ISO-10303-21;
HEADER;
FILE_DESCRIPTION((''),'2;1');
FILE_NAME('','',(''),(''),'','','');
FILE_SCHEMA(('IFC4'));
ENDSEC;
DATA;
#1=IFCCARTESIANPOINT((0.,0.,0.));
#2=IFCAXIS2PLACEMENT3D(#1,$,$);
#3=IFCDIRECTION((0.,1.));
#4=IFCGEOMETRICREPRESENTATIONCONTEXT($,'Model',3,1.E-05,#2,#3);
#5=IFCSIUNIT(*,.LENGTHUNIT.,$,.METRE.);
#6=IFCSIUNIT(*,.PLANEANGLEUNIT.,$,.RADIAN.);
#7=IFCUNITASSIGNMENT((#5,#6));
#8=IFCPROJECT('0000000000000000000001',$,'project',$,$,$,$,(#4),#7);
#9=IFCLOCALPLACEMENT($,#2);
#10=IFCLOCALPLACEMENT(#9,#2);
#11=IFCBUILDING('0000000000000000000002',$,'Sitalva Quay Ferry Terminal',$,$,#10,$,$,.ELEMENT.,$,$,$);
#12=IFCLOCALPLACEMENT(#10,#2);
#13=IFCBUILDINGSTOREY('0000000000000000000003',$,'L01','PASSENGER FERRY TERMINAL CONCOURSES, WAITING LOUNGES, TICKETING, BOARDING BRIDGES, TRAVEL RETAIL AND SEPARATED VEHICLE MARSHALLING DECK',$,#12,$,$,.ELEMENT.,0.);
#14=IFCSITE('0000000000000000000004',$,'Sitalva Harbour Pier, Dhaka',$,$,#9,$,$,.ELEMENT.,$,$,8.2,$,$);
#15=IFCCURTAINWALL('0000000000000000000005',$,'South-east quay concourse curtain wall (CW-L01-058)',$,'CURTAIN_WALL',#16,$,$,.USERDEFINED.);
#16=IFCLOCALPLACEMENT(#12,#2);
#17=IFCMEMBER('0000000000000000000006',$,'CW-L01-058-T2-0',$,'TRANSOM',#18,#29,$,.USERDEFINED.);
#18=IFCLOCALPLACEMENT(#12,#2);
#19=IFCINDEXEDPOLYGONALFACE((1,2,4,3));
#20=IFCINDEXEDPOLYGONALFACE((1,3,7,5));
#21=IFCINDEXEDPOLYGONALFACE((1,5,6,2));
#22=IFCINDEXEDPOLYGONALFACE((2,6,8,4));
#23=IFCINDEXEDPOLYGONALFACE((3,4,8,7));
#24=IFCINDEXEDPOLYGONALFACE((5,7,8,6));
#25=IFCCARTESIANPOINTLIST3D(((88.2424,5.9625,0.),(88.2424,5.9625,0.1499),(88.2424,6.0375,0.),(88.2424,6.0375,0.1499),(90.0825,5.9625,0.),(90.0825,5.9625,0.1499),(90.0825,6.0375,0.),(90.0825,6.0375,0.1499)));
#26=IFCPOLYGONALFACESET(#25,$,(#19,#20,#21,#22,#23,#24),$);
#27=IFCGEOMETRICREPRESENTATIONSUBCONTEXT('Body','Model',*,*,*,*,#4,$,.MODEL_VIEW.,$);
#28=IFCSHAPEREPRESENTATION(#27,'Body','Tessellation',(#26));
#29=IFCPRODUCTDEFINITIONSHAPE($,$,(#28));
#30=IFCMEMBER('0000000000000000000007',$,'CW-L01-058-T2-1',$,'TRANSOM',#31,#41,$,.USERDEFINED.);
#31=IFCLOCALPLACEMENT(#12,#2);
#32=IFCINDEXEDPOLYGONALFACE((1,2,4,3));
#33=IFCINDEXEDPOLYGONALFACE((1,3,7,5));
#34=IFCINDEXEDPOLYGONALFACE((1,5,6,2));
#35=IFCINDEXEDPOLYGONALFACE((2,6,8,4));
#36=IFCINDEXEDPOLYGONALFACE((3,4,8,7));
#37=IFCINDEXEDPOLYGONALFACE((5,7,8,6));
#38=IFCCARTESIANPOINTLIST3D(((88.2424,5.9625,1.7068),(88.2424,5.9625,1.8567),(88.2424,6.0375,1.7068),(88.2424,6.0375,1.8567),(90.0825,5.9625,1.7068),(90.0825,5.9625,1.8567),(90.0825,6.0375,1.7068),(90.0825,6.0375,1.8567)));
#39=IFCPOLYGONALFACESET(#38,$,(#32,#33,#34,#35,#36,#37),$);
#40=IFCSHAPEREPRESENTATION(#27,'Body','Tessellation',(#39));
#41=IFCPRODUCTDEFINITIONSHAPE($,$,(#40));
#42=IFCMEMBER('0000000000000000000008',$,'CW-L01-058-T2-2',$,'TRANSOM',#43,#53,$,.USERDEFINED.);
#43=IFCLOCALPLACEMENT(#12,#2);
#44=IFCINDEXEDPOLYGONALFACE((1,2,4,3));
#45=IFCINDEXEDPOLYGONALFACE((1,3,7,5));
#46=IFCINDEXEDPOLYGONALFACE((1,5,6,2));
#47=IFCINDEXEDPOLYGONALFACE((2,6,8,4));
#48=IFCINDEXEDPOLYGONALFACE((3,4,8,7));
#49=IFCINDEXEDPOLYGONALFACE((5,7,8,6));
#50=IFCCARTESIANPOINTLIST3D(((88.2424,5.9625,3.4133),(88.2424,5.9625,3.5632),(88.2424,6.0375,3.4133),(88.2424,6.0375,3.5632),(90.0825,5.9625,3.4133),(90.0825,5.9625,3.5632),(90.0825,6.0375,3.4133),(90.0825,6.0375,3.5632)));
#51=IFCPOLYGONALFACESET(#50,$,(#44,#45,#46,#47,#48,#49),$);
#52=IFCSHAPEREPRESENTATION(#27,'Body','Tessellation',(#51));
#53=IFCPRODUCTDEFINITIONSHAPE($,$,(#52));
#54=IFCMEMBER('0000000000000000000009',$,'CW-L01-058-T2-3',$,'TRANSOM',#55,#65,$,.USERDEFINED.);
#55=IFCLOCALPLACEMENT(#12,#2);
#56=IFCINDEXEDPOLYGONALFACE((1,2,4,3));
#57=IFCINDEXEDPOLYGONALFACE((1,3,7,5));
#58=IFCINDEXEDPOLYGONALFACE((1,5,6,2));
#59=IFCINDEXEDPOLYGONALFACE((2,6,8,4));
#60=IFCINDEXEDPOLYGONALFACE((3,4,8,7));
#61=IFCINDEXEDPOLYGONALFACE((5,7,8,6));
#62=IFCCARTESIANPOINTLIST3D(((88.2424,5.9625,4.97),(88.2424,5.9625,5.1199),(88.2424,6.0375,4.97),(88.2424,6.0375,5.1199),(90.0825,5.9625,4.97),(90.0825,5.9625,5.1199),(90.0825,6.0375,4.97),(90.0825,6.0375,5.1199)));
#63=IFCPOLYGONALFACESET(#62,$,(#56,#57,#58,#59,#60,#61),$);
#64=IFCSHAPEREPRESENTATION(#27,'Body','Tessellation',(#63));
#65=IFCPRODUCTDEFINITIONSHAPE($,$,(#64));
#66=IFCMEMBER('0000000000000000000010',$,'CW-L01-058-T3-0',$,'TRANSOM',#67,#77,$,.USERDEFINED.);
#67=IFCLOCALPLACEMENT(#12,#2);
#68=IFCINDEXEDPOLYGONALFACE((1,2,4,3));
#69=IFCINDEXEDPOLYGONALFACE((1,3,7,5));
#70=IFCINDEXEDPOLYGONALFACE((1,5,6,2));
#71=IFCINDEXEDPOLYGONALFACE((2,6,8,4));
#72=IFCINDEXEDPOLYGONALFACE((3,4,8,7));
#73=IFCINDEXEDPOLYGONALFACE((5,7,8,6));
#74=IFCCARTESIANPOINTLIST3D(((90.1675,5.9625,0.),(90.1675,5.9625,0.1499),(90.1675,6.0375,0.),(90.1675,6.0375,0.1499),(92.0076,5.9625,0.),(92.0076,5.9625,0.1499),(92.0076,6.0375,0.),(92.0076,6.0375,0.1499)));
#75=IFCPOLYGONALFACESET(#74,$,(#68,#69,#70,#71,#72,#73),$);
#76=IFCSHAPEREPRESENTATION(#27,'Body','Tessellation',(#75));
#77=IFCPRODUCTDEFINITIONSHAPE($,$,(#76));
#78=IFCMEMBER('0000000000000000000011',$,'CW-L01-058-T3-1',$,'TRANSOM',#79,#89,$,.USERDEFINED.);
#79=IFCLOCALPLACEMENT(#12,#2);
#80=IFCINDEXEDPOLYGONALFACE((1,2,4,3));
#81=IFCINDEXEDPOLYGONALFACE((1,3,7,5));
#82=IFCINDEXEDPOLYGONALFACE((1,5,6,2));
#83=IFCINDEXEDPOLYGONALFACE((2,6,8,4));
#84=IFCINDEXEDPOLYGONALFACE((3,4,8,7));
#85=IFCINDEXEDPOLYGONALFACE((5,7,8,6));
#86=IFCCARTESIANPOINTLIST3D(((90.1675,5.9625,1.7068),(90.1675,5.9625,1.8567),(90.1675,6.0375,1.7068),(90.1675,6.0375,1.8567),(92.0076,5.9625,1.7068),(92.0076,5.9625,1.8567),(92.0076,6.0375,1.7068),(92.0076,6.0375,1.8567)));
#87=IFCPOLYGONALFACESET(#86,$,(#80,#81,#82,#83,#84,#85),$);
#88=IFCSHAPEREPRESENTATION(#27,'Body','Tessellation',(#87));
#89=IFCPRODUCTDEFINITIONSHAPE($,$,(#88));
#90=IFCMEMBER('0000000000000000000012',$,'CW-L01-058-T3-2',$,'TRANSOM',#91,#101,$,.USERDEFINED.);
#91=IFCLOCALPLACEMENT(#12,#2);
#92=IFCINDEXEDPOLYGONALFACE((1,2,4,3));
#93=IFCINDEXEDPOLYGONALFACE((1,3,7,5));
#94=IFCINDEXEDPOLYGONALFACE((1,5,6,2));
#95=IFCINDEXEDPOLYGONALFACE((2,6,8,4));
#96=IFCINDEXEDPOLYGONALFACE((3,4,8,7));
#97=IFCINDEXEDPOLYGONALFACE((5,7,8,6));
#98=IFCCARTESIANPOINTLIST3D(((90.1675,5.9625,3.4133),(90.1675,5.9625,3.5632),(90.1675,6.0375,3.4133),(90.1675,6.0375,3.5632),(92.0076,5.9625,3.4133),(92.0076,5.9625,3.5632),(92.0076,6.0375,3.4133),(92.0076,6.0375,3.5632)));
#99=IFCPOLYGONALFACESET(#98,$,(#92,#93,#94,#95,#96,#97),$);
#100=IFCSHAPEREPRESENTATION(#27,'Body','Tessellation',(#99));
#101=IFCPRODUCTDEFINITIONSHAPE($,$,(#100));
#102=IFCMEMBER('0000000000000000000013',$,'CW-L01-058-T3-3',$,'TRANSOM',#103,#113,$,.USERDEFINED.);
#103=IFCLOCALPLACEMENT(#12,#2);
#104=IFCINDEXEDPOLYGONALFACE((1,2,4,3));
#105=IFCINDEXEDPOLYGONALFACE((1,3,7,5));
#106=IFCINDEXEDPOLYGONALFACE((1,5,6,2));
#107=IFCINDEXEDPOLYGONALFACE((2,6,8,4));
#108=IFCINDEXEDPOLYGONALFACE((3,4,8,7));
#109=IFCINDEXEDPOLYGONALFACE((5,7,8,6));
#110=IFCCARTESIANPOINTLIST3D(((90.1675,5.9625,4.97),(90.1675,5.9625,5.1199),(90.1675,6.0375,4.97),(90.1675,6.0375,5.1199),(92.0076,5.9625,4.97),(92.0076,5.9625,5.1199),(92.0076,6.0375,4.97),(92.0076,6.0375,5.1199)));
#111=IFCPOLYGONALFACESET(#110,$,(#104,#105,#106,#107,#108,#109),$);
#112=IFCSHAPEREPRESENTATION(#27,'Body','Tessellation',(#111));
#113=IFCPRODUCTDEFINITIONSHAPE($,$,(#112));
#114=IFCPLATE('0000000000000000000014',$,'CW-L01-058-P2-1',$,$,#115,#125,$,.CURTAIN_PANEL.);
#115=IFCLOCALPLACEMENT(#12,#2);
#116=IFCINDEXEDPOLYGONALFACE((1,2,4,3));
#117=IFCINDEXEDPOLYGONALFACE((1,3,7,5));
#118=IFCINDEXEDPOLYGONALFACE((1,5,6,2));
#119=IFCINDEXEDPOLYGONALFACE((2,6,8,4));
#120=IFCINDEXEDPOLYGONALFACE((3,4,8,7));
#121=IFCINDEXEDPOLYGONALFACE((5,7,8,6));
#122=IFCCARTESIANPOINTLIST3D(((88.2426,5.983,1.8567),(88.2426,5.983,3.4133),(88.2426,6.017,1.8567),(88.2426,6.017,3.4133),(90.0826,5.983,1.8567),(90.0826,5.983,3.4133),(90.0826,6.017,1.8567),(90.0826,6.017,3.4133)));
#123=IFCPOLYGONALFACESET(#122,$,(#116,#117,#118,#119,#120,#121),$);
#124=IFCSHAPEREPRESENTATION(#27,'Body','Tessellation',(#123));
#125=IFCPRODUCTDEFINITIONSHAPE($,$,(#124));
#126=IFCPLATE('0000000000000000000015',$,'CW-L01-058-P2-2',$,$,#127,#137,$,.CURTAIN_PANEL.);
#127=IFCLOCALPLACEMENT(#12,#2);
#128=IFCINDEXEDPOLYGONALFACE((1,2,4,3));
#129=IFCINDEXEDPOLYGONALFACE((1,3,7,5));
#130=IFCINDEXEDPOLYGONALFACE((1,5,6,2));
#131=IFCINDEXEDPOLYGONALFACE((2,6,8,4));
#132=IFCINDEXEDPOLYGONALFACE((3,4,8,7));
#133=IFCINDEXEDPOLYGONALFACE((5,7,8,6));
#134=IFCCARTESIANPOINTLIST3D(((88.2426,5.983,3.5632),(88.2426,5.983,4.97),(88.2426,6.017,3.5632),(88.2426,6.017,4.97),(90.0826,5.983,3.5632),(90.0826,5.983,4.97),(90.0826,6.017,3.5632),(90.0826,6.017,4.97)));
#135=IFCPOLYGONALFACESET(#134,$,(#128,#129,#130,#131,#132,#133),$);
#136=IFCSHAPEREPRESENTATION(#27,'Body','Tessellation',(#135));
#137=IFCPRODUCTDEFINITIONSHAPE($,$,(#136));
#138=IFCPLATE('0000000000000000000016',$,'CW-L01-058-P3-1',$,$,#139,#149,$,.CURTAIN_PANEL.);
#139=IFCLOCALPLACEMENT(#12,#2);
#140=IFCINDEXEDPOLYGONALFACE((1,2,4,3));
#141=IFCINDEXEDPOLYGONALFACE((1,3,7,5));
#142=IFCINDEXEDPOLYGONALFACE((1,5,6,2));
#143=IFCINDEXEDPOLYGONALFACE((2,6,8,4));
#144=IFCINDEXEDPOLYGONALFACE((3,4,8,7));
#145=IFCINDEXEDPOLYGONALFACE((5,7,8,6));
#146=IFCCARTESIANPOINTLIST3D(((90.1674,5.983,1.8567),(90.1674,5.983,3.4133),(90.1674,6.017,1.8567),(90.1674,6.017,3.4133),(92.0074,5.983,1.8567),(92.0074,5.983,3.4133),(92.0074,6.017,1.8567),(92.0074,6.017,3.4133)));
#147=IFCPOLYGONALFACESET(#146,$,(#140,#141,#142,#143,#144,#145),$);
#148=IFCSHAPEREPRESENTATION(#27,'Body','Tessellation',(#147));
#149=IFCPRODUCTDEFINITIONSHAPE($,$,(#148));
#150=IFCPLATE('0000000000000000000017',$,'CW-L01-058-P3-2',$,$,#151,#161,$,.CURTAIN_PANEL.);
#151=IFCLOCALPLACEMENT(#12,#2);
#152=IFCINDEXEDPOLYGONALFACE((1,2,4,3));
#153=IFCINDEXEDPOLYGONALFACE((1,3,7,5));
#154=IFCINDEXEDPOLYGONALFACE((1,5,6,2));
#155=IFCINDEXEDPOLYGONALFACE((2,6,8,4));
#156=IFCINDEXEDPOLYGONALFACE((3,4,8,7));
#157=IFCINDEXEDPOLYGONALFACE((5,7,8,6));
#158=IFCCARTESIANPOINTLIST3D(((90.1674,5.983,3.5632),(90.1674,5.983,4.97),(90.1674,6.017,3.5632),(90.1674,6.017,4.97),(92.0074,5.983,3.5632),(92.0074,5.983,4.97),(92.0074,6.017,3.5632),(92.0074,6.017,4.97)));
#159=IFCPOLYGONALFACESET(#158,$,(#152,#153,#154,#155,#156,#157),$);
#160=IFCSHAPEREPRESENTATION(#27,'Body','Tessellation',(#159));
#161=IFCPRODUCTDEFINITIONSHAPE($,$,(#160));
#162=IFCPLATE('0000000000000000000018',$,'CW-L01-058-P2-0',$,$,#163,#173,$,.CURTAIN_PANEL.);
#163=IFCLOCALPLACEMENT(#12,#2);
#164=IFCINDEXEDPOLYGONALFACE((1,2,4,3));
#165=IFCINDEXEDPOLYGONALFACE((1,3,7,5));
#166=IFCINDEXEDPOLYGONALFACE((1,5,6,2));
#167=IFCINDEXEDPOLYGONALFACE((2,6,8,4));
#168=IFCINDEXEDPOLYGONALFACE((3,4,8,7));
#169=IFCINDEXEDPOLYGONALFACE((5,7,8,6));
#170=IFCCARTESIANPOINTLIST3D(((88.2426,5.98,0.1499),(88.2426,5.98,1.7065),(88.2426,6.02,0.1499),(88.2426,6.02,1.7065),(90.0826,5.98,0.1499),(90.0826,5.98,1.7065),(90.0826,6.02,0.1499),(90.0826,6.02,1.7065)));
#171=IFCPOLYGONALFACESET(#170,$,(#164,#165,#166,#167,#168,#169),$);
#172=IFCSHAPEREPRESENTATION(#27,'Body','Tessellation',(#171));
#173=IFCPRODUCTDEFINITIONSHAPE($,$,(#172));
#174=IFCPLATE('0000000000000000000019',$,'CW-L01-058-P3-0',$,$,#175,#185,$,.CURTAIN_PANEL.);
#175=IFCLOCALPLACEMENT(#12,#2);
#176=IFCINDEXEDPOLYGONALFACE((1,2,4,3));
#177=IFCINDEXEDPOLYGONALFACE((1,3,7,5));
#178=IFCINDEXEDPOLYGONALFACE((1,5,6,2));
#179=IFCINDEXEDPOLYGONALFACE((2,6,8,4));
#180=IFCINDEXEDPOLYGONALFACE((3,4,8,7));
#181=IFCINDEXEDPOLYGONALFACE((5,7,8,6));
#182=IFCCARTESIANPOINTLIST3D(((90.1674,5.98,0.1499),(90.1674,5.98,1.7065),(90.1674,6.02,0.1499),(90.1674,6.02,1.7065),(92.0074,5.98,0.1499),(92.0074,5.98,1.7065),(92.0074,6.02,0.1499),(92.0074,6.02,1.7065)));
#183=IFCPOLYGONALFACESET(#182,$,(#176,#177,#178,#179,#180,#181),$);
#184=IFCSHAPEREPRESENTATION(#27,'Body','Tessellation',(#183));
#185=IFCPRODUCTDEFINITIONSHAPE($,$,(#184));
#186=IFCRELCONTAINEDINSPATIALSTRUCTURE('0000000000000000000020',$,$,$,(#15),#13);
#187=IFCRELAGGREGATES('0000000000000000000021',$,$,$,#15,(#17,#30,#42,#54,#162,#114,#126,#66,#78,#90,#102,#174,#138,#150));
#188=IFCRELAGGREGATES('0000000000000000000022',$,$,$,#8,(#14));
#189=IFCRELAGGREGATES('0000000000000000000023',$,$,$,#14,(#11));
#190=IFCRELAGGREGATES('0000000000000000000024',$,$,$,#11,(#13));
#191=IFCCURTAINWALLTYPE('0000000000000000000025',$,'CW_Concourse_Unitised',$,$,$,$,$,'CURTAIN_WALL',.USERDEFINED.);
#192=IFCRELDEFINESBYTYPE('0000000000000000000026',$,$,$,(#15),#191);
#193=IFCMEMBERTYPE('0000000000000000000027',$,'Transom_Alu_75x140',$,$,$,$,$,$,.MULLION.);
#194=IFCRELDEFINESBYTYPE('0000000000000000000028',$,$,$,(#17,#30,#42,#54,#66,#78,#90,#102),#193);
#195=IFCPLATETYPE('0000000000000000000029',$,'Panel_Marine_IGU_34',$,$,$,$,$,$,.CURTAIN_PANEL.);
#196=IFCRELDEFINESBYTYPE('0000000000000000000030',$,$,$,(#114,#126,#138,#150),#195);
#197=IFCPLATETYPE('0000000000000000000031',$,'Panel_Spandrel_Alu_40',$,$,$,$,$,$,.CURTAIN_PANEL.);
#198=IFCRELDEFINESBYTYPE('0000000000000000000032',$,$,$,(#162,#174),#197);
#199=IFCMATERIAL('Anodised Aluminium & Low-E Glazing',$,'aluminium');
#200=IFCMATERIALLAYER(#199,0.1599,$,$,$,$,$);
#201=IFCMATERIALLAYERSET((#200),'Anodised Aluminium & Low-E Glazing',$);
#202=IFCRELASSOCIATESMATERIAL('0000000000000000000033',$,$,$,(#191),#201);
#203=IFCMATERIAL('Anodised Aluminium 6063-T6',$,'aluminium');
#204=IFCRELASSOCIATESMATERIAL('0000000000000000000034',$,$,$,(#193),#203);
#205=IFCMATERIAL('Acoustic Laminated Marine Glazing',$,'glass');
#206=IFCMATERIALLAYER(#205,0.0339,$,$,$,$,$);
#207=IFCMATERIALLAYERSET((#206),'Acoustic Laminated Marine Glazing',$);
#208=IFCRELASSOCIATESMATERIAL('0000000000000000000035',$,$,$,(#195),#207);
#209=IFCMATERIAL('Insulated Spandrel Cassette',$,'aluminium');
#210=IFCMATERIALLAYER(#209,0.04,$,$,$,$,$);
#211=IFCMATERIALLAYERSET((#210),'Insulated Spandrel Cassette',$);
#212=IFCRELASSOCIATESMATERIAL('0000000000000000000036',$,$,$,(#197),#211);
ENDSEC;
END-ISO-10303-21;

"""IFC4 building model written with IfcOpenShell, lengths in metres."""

from ifc_helpers import new_model, si_unit, direction, frame, origin, origin_2d, place, context, subcontext, project, spatial, rectangle, extrude, material, layer, layer_set, material_profile, profile_set, type_object, element, aggregate, save


model = new_model("IFC4")

# Units and contexts
model_context = context("Model", 3, precision=1e-05, world=origin(), true_north=direction((0.0, 1.0)))
body_context = subcontext(model_context, "Body", "Model", "MODEL_VIEW")
ifc_project = project(units=[si_unit("LENGTHUNIT", "METRE"), si_unit("PLANEANGLEUNIT", "RADIAN")], contexts=[model_context])

# Site, building, storey
site_placement = place(None, origin())
site = spatial("IfcSite", under=ifc_project, at=site_placement, Name="Sitalva Harbour Pier, Dhaka", CompositionType="ELEMENT", RefElevation=8.2)
building_placement = place(site_placement, origin())
building = spatial("IfcBuilding", under=site, at=building_placement, Name="Sitalva Quay Ferry Terminal", CompositionType="ELEMENT")
storey_placement = place(building_placement, origin())
storey = spatial("IfcBuildingStorey", under=building, at=storey_placement, Name="L01", Description="PASSENGER FERRY TERMINAL CONCOURSES, WAITING LOUNGES, TICKETING, BOARDING BRIDGES, TRAVEL RETAIL AND SEPARATED VEHICLE MARSHALLING DECK", CompositionType="ELEMENT", Elevation=0.0)

# Curtain wall, members, plates
ifc_material_1 = material(Name="Anodised Aluminium & Low-E Glazing", Category="aluminium")
ifc_layer_1 = layer(ifc_material_1, 0.1599)
ifc_layer_set_1 = layer_set([ifc_layer_1], Name="Anodised Aluminium & Low-E Glazing")
curtain_wall_type = type_object("IfcCurtainWallType", Name="CW_Concourse_Unitised", ElementType="CURTAIN_WALL", PredefinedType="USERDEFINED", material=ifc_layer_set_1)
curtain_wall_placement = place(storey_placement, origin())
curtain_wall = element("IfcCurtainWall", 1, at=curtain_wall_placement, inside=storey, type_object=curtain_wall_type, Name="South-east quay concourse curtain wall (CW-L01-058)", ObjectType="CURTAIN_WALL", PredefinedType="USERDEFINED")
ifc_material_2 = material(Name="Anodised Aluminium 6063-T6", Category="aluminium")
ifc_material_profile_1 = material_profile(ifc_material_2, rectangle(XDim=0.075, YDim=0.1499, at=origin_2d()), Name="ALU75x150")
ifc_profile_set_1 = profile_set([ifc_material_profile_1], Name="Anodised Aluminium 6063-T6")
member_type_1 = type_object("IfcMemberType", Name="Transom_Alu_75x140", PredefinedType="MULLION", material=ifc_profile_set_1)
member_1_placement = place(storey_placement, frame((88.2424, 6.0, 0.075), z_axis=(1.0, 0.0, 0.0), x_axis=(0.0, 1.0, 0.0)))
member_1 = element("IfcMember", 2, at=member_1_placement, type_object=member_type_1, Name="CW-L01-058-T2-0", ObjectType="TRANSOM", PredefinedType="USERDEFINED", context=body_context, shape_type="SweptSolid", body=[
    extrude(rectangle(XDim=0.075, YDim=0.1499, at=origin_2d()), origin(), (0.0, 0.0, 1.0), 1.8401),
])
member_2_placement = place(storey_placement, frame((88.2424, 6.0, 1.7817), z_axis=(1.0, 0.0, 0.0), x_axis=(0.0, 1.0, 0.0)))
member_2 = element("IfcMember", 3, at=member_2_placement, type_object=member_type_1, Name="CW-L01-058-T2-1", ObjectType="TRANSOM", PredefinedType="USERDEFINED", context=body_context, shape_type="SweptSolid", body=[
    extrude(rectangle(XDim=0.075, YDim=0.1499, at=origin_2d()), origin(), (0.0, 0.0, 1.0), 1.8401),
])
member_3_placement = place(storey_placement, frame((88.2424, 6.0, 3.4883), z_axis=(1.0, 0.0, 0.0), x_axis=(0.0, 1.0, 0.0)))
member_3 = element("IfcMember", 4, at=member_3_placement, type_object=member_type_1, Name="CW-L01-058-T2-2", ObjectType="TRANSOM", PredefinedType="USERDEFINED", context=body_context, shape_type="SweptSolid", body=[
    extrude(rectangle(XDim=0.075, YDim=0.1499, at=origin_2d()), origin(), (0.0, 0.0, 1.0), 1.8401),
])
member_4_placement = place(storey_placement, frame((88.2424, 6.0, 5.0449), z_axis=(1.0, 0.0, 0.0), x_axis=(0.0, 1.0, 0.0)))
member_4 = element("IfcMember", 5, at=member_4_placement, type_object=member_type_1, Name="CW-L01-058-T2-3", ObjectType="TRANSOM", PredefinedType="USERDEFINED", context=body_context, shape_type="SweptSolid", body=[
    extrude(rectangle(XDim=0.075, YDim=0.1499, at=origin_2d()), origin(), (0.0, 0.0, 1.0), 1.8401),
])
member_5_placement = place(storey_placement, frame((90.1675, 6.0, 0.075), z_axis=(1.0, 0.0, 0.0), x_axis=(0.0, 1.0, 0.0)))
member_5 = element("IfcMember", 6, at=member_5_placement, type_object=member_type_1, Name="CW-L01-058-T3-0", ObjectType="TRANSOM", PredefinedType="USERDEFINED", context=body_context, shape_type="SweptSolid", body=[
    extrude(rectangle(XDim=0.075, YDim=0.1499, at=origin_2d()), origin(), (0.0, 0.0, 1.0), 1.8401),
])
member_6_placement = place(storey_placement, frame((90.1675, 6.0, 1.7817), z_axis=(1.0, 0.0, 0.0), x_axis=(0.0, 1.0, 0.0)))
member_6 = element("IfcMember", 7, at=member_6_placement, type_object=member_type_1, Name="CW-L01-058-T3-1", ObjectType="TRANSOM", PredefinedType="USERDEFINED", context=body_context, shape_type="SweptSolid", body=[
    extrude(rectangle(XDim=0.075, YDim=0.1499, at=origin_2d()), origin(), (0.0, 0.0, 1.0), 1.8401),
])
member_7_placement = place(storey_placement, frame((90.1675, 6.0, 3.4883), z_axis=(1.0, 0.0, 0.0), x_axis=(0.0, 1.0, 0.0)))
member_7 = element("IfcMember", 8, at=member_7_placement, type_object=member_type_1, Name="CW-L01-058-T3-2", ObjectType="TRANSOM", PredefinedType="USERDEFINED", context=body_context, shape_type="SweptSolid", body=[
    extrude(rectangle(XDim=0.075, YDim=0.1499, at=origin_2d()), origin(), (0.0, 0.0, 1.0), 1.8401),
])
member_8_placement = place(storey_placement, frame((90.1675, 6.0, 5.0449), z_axis=(1.0, 0.0, 0.0), x_axis=(0.0, 1.0, 0.0)))
member_8 = element("IfcMember", 9, at=member_8_placement, type_object=member_type_1, Name="CW-L01-058-T3-3", ObjectType="TRANSOM", PredefinedType="USERDEFINED", context=body_context, shape_type="SweptSolid", body=[
    extrude(rectangle(XDim=0.075, YDim=0.1499, at=origin_2d()), origin(), (0.0, 0.0, 1.0), 1.8401),
])
ifc_material_3 = material(Name="Acoustic Laminated Marine Glazing", Category="glass")
ifc_layer_2 = layer(ifc_material_3, 0.0339)
ifc_layer_set_2 = layer_set([ifc_layer_2], Name="Acoustic Laminated Marine Glazing")
plate_type_1 = type_object("IfcPlateType", Name="Panel_Marine_IGU_34", PredefinedType="CURTAIN_PANEL", material=ifc_layer_set_2)
plate_1_placement = place(storey_placement, frame((89.1626, 6.0, 1.8567), z_axis=(0.0, 0.0, 1.0), x_axis=(1.0, 0.0, 0.0)))
plate_1 = element("IfcPlate", 10, at=plate_1_placement, type_object=plate_type_1, Name="CW-L01-058-P2-1", PredefinedType="CURTAIN_PANEL", context=body_context, shape_type="SweptSolid", body=[
    extrude(rectangle(XDim=1.8401, YDim=0.0339, at=origin_2d()), origin(), (0.0, 0.0, 1.0), 1.5566),
])
plate_2_placement = place(storey_placement, frame((89.1626, 6.0, 3.5632), z_axis=(0.0, 0.0, 1.0), x_axis=(1.0, 0.0, 0.0)))
plate_2 = element("IfcPlate", 11, at=plate_2_placement, type_object=plate_type_1, Name="CW-L01-058-P2-2", PredefinedType="CURTAIN_PANEL", context=body_context, shape_type="SweptSolid", body=[
    extrude(rectangle(XDim=1.8401, YDim=0.0339, at=origin_2d()), origin(), (0.0, 0.0, 1.0), 1.4067),
])
plate_3_placement = place(storey_placement, frame((91.0874, 6.0, 1.8567), z_axis=(0.0, 0.0, 1.0), x_axis=(1.0, 0.0, 0.0)))
plate_3 = element("IfcPlate", 12, at=plate_3_placement, type_object=plate_type_1, Name="CW-L01-058-P3-1", PredefinedType="CURTAIN_PANEL", context=body_context, shape_type="SweptSolid", body=[
    extrude(rectangle(XDim=1.8401, YDim=0.0339, at=origin_2d()), origin(), (0.0, 0.0, 1.0), 1.5566),
])
plate_4_placement = place(storey_placement, frame((91.0874, 6.0, 3.5632), z_axis=(0.0, 0.0, 1.0), x_axis=(1.0, 0.0, 0.0)))
plate_4 = element("IfcPlate", 13, at=plate_4_placement, type_object=plate_type_1, Name="CW-L01-058-P3-2", PredefinedType="CURTAIN_PANEL", context=body_context, shape_type="SweptSolid", body=[
    extrude(rectangle(XDim=1.8401, YDim=0.0339, at=origin_2d()), origin(), (0.0, 0.0, 1.0), 1.4067),
])
ifc_material_4 = material(Name="Insulated Spandrel Cassette", Category="aluminium")
ifc_layer_3 = layer(ifc_material_4, 0.04)
ifc_layer_set_3 = layer_set([ifc_layer_3], Name="Insulated Spandrel Cassette")
plate_type_2 = type_object("IfcPlateType", Name="Panel_Spandrel_Alu_40", PredefinedType="CURTAIN_PANEL", material=ifc_layer_set_3)
plate_5_placement = place(storey_placement, frame((89.1626, 6.0, 0.1499), z_axis=(0.0, 0.0, 1.0), x_axis=(1.0, 0.0, 0.0)))
plate_5 = element("IfcPlate", 14, at=plate_5_placement, type_object=plate_type_2, Name="CW-L01-058-P2-0", PredefinedType="CURTAIN_PANEL", context=body_context, shape_type="SweptSolid", body=[
    extrude(rectangle(XDim=1.8401, YDim=0.04, at=origin_2d()), origin(), (0.0, 0.0, 1.0), 1.5566),
])
plate_6_placement = place(storey_placement, frame((91.0874, 6.0, 0.1499), z_axis=(0.0, 0.0, 1.0), x_axis=(1.0, 0.0, 0.0)))
plate_6 = element("IfcPlate", 15, at=plate_6_placement, type_object=plate_type_2, Name="CW-L01-058-P3-0", PredefinedType="CURTAIN_PANEL", context=body_context, shape_type="SweptSolid", body=[
    extrude(rectangle(XDim=1.8401, YDim=0.04, at=origin_2d()), origin(), (0.0, 0.0, 1.0), 1.5566),
])
aggregate(curtain_wall, [member_1, member_2, member_3, member_4, plate_5, plate_1, plate_2, member_5, member_6, member_7, member_8, plate_6, plate_3, plate_4])

save(model, "model.ifc")
